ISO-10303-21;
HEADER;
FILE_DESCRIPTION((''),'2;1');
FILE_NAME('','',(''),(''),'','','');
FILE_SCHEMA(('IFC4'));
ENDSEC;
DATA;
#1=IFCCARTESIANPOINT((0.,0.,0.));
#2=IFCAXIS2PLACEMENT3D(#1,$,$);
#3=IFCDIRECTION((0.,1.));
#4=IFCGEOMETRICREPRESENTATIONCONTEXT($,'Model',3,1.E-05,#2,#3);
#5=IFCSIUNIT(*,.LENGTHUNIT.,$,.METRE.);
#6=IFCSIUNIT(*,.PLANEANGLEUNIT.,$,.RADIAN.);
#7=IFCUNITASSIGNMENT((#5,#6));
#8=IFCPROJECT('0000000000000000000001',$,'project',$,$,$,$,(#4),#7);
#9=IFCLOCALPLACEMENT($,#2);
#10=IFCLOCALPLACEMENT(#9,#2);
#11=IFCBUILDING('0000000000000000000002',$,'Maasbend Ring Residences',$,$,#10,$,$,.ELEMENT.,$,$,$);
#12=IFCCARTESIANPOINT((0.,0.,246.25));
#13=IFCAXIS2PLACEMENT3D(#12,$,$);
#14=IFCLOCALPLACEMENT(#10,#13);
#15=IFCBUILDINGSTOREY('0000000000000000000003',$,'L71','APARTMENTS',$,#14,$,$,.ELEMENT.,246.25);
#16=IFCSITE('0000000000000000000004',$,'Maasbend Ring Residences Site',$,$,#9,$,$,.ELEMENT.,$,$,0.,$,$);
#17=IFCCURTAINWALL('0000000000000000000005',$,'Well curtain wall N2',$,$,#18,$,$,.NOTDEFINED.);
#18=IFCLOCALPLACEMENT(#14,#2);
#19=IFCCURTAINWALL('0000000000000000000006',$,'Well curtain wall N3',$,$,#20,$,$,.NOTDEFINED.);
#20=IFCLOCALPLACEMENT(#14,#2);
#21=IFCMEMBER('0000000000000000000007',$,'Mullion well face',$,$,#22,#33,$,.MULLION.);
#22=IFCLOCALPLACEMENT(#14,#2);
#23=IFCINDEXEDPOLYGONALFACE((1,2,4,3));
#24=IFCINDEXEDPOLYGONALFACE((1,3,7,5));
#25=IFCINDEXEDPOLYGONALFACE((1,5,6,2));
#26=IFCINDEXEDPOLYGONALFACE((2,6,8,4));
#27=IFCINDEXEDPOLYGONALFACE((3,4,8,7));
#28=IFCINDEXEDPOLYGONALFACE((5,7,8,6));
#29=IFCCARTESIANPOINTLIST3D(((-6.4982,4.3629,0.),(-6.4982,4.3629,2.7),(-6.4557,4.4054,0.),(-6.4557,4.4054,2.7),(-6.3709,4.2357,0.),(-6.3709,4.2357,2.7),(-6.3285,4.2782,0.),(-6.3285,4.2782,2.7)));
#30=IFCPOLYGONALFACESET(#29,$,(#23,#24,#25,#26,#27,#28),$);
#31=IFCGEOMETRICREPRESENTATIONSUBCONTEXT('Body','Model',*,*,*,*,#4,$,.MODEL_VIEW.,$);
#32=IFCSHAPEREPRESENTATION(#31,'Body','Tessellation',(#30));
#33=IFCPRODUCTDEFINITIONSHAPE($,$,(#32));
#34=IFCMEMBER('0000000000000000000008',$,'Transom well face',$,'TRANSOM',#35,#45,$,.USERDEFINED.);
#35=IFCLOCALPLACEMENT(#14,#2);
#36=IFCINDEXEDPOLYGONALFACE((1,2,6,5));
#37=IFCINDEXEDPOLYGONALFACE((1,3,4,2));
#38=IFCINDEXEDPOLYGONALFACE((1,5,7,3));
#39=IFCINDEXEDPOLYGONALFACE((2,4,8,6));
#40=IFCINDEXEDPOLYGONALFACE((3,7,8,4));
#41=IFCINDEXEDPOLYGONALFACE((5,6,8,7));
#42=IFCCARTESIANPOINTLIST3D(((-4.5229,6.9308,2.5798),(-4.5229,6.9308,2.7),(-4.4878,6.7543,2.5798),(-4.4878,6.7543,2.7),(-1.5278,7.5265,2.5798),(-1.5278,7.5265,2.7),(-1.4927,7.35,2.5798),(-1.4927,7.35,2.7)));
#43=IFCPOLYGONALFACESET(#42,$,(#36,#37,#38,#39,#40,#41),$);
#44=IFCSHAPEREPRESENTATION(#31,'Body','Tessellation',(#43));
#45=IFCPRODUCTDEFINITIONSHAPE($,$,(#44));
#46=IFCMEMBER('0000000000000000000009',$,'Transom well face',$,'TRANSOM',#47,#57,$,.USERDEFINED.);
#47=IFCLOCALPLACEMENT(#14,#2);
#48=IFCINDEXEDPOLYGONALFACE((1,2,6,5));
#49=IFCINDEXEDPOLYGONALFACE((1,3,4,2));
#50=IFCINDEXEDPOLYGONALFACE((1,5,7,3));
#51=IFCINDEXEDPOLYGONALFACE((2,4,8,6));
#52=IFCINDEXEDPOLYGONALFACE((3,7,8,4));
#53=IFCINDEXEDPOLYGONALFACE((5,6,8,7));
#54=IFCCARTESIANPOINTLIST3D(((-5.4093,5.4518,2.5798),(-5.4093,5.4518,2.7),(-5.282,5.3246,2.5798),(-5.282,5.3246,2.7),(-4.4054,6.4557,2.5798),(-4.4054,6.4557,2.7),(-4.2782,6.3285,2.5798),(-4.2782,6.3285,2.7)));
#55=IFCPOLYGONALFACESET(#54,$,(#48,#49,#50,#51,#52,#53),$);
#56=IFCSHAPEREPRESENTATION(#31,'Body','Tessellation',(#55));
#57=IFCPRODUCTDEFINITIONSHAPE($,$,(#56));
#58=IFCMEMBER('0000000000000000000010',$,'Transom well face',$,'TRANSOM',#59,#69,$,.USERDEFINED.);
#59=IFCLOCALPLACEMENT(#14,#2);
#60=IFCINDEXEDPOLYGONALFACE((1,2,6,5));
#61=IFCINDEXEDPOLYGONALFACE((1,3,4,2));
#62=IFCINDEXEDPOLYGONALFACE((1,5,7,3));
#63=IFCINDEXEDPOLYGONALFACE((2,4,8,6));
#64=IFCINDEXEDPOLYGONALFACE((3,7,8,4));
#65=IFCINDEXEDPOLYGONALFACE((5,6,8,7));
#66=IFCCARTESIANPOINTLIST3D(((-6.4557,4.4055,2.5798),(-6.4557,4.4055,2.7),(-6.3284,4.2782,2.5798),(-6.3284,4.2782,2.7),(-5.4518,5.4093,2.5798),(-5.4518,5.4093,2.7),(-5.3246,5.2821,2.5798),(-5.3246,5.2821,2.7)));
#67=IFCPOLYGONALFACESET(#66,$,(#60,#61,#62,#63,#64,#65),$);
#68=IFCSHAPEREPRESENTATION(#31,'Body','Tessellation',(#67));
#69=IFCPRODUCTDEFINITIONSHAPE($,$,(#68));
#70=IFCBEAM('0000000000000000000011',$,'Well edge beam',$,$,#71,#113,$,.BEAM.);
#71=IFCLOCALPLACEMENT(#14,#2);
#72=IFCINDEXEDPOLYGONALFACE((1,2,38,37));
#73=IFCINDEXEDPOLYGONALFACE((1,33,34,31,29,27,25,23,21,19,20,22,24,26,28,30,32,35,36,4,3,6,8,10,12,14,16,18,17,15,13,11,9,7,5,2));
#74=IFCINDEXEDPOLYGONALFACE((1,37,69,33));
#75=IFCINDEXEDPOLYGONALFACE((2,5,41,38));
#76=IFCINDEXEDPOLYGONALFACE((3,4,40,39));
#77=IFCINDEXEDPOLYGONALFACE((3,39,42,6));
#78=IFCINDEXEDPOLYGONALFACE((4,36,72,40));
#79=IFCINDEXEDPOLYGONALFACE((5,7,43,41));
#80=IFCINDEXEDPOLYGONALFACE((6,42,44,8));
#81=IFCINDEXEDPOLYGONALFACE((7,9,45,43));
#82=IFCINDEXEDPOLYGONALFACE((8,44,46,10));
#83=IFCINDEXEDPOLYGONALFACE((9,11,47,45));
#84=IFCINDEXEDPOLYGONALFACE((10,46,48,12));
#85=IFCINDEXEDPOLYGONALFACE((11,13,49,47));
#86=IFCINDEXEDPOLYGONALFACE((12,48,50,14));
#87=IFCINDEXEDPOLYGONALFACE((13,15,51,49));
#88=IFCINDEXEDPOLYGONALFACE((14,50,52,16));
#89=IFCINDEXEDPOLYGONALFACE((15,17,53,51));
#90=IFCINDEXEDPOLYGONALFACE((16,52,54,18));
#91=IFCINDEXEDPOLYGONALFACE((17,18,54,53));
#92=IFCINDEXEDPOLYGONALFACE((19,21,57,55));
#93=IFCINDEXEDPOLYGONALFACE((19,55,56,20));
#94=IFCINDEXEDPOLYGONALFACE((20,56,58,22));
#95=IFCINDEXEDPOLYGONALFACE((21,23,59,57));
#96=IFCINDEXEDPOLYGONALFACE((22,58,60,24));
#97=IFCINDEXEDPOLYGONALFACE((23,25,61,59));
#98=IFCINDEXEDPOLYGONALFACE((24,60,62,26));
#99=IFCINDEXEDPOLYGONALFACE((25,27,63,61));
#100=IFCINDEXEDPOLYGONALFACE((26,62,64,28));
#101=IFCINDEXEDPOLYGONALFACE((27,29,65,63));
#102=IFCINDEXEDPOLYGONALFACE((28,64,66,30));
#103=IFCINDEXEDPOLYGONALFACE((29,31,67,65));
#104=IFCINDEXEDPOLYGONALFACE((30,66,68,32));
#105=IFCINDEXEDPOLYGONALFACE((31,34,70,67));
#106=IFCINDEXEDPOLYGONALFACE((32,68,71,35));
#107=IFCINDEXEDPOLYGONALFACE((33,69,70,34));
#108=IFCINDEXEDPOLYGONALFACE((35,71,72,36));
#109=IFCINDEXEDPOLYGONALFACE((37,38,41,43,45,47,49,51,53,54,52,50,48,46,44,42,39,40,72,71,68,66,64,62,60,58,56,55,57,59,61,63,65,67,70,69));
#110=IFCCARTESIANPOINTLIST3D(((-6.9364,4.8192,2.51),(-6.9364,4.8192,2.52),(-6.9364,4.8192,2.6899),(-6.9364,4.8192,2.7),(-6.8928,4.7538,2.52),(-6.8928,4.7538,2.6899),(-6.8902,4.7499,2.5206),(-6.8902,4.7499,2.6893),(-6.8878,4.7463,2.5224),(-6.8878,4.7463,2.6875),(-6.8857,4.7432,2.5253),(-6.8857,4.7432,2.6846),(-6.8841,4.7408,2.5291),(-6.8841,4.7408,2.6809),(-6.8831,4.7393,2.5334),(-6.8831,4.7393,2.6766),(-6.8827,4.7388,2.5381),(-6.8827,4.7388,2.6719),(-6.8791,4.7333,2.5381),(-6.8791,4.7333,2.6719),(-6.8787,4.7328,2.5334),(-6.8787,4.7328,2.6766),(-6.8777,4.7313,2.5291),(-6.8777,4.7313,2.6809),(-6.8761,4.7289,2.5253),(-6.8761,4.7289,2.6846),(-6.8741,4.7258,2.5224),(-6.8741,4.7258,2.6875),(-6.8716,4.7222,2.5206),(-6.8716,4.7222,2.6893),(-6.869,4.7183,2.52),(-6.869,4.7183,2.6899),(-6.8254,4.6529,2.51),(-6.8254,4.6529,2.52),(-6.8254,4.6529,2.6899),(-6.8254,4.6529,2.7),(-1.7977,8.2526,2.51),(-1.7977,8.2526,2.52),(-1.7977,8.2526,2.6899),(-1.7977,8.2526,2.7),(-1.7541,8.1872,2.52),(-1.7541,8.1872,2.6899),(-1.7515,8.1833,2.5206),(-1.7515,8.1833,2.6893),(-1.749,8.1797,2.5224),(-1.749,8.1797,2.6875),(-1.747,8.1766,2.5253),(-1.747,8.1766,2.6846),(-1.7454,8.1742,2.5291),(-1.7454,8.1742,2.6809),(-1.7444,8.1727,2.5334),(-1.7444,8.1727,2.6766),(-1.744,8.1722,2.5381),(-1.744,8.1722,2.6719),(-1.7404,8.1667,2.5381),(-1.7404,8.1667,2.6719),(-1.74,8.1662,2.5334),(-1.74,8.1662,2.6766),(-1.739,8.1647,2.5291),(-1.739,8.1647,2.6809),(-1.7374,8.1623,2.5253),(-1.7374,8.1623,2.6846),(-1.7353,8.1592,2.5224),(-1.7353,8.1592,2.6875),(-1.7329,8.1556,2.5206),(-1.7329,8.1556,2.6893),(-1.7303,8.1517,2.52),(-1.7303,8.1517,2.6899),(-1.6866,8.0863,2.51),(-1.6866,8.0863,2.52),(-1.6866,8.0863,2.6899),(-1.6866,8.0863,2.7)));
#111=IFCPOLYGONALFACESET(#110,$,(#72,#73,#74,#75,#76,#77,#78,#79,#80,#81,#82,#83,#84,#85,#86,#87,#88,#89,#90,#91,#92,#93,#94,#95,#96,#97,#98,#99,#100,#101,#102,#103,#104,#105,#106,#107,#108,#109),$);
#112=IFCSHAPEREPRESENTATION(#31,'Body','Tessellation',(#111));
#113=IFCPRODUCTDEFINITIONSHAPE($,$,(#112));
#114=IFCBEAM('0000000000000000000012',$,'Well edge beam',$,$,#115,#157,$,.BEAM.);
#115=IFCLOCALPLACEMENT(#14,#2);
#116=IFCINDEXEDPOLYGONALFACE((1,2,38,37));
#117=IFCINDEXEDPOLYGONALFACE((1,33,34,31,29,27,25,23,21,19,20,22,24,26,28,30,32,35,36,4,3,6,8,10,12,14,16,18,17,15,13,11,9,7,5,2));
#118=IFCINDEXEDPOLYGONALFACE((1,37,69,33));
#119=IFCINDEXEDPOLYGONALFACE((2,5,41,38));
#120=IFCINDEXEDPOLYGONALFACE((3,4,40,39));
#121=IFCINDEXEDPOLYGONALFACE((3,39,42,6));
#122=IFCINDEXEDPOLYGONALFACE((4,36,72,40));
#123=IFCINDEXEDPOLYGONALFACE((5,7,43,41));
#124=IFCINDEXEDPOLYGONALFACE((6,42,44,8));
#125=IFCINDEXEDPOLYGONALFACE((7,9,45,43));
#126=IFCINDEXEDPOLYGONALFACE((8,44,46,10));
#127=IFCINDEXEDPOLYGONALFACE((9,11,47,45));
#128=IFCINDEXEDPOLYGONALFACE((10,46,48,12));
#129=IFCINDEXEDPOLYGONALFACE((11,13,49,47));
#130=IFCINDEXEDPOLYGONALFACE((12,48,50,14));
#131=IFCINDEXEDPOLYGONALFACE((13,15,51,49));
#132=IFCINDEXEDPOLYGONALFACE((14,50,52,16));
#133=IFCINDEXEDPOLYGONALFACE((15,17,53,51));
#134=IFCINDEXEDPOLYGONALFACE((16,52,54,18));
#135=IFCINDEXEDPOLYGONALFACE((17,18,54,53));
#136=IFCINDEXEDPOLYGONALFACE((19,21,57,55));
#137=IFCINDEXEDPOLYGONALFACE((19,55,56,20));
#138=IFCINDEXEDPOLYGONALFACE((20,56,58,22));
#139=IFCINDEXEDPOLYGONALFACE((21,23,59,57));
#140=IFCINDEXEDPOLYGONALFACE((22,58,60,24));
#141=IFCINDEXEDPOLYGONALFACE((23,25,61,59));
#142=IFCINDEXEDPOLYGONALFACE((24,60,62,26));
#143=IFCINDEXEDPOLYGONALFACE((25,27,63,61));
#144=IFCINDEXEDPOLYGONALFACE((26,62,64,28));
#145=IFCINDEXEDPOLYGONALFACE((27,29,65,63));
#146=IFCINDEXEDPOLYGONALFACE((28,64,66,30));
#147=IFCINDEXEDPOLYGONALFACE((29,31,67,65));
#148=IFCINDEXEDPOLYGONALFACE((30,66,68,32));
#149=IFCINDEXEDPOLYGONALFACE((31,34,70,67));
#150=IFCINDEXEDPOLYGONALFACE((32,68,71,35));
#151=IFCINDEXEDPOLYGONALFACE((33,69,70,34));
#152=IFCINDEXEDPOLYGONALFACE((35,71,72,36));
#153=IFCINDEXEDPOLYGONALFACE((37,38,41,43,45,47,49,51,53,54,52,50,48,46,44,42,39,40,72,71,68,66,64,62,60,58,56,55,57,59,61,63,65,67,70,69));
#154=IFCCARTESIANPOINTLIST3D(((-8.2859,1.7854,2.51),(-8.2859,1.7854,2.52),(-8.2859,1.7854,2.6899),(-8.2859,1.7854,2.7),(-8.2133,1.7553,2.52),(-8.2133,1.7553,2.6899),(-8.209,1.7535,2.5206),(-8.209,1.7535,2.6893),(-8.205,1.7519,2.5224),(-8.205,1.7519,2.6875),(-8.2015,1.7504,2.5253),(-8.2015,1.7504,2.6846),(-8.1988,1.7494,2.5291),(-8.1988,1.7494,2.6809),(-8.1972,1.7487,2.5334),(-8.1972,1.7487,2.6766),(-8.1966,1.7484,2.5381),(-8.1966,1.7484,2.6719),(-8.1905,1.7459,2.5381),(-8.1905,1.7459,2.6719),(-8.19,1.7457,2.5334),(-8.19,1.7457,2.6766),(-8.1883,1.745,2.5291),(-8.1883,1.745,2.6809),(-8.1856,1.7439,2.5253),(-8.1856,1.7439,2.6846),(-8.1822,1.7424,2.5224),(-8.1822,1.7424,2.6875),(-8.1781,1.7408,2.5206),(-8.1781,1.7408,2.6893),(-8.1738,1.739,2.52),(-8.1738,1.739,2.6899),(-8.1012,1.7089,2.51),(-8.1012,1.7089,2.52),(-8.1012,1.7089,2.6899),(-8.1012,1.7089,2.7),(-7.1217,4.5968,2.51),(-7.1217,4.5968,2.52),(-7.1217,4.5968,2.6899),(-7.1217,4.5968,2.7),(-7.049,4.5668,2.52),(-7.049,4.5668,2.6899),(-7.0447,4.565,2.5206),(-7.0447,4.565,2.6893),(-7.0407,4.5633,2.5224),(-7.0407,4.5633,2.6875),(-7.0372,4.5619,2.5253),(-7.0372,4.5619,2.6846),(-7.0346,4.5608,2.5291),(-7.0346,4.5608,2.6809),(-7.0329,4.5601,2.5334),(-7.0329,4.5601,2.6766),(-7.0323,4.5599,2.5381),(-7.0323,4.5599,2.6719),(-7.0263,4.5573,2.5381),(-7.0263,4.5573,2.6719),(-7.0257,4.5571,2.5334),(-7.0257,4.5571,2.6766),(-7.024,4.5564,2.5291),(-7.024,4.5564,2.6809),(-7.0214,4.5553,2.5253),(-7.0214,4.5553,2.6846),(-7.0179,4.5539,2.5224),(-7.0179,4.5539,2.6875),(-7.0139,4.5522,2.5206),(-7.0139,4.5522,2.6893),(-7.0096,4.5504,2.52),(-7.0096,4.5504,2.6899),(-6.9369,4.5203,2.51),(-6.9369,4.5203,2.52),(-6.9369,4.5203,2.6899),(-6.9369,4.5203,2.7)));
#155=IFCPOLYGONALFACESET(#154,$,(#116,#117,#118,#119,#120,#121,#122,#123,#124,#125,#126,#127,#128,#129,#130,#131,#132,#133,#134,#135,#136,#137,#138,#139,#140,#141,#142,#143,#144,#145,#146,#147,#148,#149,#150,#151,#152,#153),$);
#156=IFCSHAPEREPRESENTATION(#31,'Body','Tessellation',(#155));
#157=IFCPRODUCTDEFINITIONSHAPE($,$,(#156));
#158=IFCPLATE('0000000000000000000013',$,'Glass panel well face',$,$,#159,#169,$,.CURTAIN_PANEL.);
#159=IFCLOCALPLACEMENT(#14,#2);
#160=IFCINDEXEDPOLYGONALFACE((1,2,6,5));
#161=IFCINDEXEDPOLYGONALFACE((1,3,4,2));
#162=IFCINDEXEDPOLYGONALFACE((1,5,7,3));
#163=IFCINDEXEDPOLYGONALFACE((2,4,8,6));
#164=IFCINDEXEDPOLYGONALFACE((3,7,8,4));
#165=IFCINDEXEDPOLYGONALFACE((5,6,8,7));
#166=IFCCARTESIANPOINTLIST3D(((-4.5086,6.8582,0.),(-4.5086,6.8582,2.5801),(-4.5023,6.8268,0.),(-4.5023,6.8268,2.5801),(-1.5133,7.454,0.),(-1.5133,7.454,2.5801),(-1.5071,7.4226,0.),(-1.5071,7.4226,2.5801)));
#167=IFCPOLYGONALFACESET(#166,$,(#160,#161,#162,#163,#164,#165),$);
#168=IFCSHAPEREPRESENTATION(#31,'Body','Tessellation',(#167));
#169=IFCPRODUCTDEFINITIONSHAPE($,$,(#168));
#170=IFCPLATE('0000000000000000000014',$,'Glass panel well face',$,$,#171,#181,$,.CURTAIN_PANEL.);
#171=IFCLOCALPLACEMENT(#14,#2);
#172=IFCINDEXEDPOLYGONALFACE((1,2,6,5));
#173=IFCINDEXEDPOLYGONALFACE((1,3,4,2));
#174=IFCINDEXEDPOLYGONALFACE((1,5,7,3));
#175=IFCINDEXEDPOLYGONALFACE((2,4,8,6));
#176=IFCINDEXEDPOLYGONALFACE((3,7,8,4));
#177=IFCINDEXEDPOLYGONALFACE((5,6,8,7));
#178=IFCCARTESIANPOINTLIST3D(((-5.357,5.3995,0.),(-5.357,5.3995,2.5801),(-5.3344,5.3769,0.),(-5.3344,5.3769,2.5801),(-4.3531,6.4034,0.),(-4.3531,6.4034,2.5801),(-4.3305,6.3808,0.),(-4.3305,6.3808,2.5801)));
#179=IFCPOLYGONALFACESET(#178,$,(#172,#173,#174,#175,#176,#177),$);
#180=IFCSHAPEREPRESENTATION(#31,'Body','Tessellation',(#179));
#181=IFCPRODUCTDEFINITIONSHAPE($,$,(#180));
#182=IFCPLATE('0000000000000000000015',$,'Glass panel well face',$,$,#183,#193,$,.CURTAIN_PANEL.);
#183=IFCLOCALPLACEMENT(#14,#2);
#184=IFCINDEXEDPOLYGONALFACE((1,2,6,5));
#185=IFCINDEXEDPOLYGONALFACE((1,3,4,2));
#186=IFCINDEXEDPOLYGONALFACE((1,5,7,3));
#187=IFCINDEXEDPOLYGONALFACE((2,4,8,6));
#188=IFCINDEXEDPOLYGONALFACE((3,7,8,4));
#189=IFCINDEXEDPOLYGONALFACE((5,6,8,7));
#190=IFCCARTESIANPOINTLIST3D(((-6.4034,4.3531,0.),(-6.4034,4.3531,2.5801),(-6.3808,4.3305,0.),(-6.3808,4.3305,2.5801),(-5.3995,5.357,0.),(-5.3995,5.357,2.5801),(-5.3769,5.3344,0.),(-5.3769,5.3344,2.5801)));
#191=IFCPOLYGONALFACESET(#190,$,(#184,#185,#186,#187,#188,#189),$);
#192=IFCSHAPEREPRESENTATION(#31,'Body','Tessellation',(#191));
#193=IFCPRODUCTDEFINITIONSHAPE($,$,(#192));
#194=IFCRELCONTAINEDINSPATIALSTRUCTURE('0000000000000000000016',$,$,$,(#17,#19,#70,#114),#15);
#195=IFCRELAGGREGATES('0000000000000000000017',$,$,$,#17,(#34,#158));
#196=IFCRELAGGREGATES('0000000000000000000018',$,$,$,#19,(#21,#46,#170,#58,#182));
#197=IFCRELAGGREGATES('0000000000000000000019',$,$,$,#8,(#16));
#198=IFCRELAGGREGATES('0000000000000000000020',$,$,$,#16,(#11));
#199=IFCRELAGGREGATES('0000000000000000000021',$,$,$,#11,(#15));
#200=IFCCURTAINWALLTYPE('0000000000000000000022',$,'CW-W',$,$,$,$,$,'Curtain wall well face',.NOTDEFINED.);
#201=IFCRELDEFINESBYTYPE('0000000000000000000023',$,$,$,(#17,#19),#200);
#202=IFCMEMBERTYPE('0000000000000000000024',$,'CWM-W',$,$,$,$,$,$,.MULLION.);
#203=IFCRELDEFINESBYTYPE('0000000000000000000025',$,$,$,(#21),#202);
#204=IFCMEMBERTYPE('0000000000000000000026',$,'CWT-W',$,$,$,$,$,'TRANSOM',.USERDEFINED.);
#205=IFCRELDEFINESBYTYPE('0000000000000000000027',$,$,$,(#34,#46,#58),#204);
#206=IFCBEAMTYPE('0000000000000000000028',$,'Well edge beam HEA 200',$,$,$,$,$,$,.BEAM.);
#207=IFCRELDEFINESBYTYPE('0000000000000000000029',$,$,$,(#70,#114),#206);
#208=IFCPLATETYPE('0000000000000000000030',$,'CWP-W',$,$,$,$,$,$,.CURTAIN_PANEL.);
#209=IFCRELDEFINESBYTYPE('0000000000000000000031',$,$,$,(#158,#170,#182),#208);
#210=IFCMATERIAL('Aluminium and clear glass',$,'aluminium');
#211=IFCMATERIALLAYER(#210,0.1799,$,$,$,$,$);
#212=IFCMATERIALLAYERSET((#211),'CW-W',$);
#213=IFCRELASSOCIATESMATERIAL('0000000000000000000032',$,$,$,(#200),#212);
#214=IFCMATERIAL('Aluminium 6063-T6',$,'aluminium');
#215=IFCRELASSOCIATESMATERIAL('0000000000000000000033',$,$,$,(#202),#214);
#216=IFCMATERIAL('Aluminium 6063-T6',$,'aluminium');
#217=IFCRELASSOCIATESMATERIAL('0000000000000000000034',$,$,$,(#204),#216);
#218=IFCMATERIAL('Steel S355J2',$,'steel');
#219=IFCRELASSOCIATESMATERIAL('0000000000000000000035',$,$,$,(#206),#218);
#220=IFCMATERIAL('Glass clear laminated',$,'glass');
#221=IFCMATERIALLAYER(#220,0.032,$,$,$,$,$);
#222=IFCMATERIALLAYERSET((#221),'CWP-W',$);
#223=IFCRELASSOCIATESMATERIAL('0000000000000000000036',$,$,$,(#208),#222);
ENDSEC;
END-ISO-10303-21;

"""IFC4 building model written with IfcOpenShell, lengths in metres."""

from ifc_helpers import new_model, si_unit, direction, frame, origin, origin_2d, place, context, subcontext, project, spatial, rectangle, i_section, extrude, material, layer, layer_set, material_profile, profile_set, type_object, element, aggregate, save


model = new_model("IFC4")

# Units and contexts
model_context = context("Model", 3, precision=1e-05, world=origin(), true_north=direction((0.0, 1.0)))
body_context = subcontext(model_context, "Body", "Model", "MODEL_VIEW")
ifc_project = project(units=[si_unit("LENGTHUNIT", "METRE"), si_unit("PLANEANGLEUNIT", "RADIAN")], contexts=[model_context])

# Site, building, storey
site_placement = place(None, origin())
site = spatial("IfcSite", under=ifc_project, at=site_placement, Name="Maasbend Ring Residences Site", CompositionType="ELEMENT", RefElevation=0.0)
building_placement = place(site_placement, origin())
building = spatial("IfcBuilding", under=site, at=building_placement, Name="Maasbend Ring Residences", CompositionType="ELEMENT")
storey_placement = place(building_placement, frame((0.0, 0.0, 246.25)))
storey = spatial("IfcBuildingStorey", under=building, at=storey_placement, Name="L71", Description="APARTMENTS", CompositionType="ELEMENT", Elevation=246.25)

# Curtain walls, member
ifc_material_1 = material(Name="Aluminium and clear glass", Category="aluminium")
ifc_layer_1 = layer(ifc_material_1, 0.1799)
ifc_layer_set_1 = layer_set([ifc_layer_1], Name="CW-W")
curtain_wall_type = type_object("IfcCurtainWallType", Name="CW-W", ElementType="Curtain wall well face", PredefinedType="NOTDEFINED", material=ifc_layer_set_1)
curtain_wall_1_placement = place(storey_placement, origin())
curtain_wall_1 = element("IfcCurtainWall", 1, at=curtain_wall_1_placement, inside=storey, type_object=curtain_wall_type, Name="Well curtain wall N2", PredefinedType="NOTDEFINED")
ifc_material_2 = material(Name="Aluminium 6063-T6", Category="aluminium")
ifc_material_profile_1 = material_profile(ifc_material_2, rectangle(XDim=0.1799, YDim=0.0601, at=origin_2d()), Name="AL 180x60")
ifc_profile_set_1 = profile_set([ifc_material_profile_1], Name="Aluminium 6063-T6")
member_type_1 = type_object("IfcMemberType", Name="CWM-W", PredefinedType="MULLION", material=ifc_profile_set_1)
curtain_wall_2_placement = place(storey_placement, origin())
curtain_wall_2 = element("IfcCurtainWall", 2, at=curtain_wall_2_placement, inside=storey, type_object=curtain_wall_type, Name="Well curtain wall N3", PredefinedType="NOTDEFINED")
member_1_placement = place(storey_placement, frame((-6.4133, 4.3206, 0.0), z_axis=(0.0, 0.0, 1.0), x_axis=(0.707107, -0.707107, 0.0)))
member_1 = element("IfcMember", 3, at=member_1_placement, type_object=member_type_1, Name="Mullion well face", PredefinedType="MULLION", context=body_context, shape_type="SweptSolid", body=[
    extrude(rectangle(XDim=0.1799, YDim=0.0601, at=origin_2d()), origin(), (0.0, 0.0, 1.0), 2.7),
])

# Members
ifc_material_3 = material(Name="Aluminium 6063-T6", Category="aluminium")
ifc_material_profile_2 = material_profile(ifc_material_3, rectangle(XDim=0.1799, YDim=0.1201, at=origin_2d()), Name="AL 180x120")
ifc_profile_set_2 = profile_set([ifc_material_profile_2], Name="Aluminium 6063-T6")
member_type_2 = type_object("IfcMemberType", Name="CWT-W", ElementType="TRANSOM", PredefinedType="USERDEFINED", material=ifc_profile_set_2)
member_2_placement = place(storey_placement, frame((-1.5103, 7.4382, 2.6399), z_axis=(-0.980789, -0.195071, 0.0), x_axis=(0.195071, -0.980789, 0.0)))
member_2 = element("IfcMember", 4, at=member_2_placement, type_object=member_type_2, Name="Transom well face", ObjectType="TRANSOM", PredefinedType="USERDEFINED", context=body_context, shape_type="SweptSolid", body=[
    extrude(rectangle(XDim=0.1799, YDim=0.1201, at=origin_2d()), origin(), (0.0, 0.0, 1.0), 3.0537),
])
member_3_placement = place(storey_placement, frame((-4.3418, 6.3921, 2.6399), z_axis=(-0.707107, -0.707107, 0.0), x_axis=(0.707107, -0.707107, 0.0)))
member_3 = element("IfcMember", 5, at=member_3_placement, type_object=member_type_2, Name="Transom well face", ObjectType="TRANSOM", PredefinedType="USERDEFINED", context=body_context, shape_type="SweptSolid", body=[
    extrude(rectangle(XDim=0.1799, YDim=0.1201, at=origin_2d()), origin(), (0.0, 0.0, 1.0), 1.4197),
])
member_4_placement = place(storey_placement, frame((-5.3882, 5.3457, 2.6399), z_axis=(-0.707107, -0.707107, 0.0), x_axis=(0.707107, -0.707107, 0.0)))
member_4 = element("IfcMember", 6, at=member_4_placement, type_object=member_type_2, Name="Transom well face", ObjectType="TRANSOM", PredefinedType="USERDEFINED", context=body_context, shape_type="SweptSolid", body=[
    extrude(rectangle(XDim=0.1799, YDim=0.1201, at=origin_2d()), origin(), (0.0, 0.0, 1.0), 1.4197),
])

# Beams
ifc_material_4 = material(Name="Steel S355J2", Category="steel")
ifc_material_profile_3 = material_profile(ifc_material_4, i_section(OverallWidth=0.2, OverallDepth=0.1899, WebThickness=0.0066, FlangeThickness=0.01, FilletRadius=0.0181, at=origin_2d()), Name="HEA 200")
ifc_profile_set_3 = profile_set([ifc_material_profile_3], Name="Steel S355J2")
beam_type = type_object("IfcBeamType", Name="Well edge beam HEA 200", PredefinedType="BEAM", material=ifc_profile_set_3)
beam_1_placement = place(storey_placement, frame((-1.7422, 8.1694, 2.605), z_axis=(-0.831485, -0.555548, 0.0), x_axis=(0.555548, -0.831485, 0.0)))
element("IfcBeam", 7, at=beam_1_placement, inside=storey, type_object=beam_type, Name="Well edge beam", PredefinedType="BEAM", context=body_context, shape_type="SweptSolid", body=[
    extrude(i_section(OverallWidth=0.2, OverallDepth=0.1899, WebThickness=0.0066, FlangeThickness=0.01, FilletRadius=0.0181, at=origin_2d()), origin(), (0.0, 0.0, 1.0), 6.1802),
])
beam_2_placement = place(storey_placement, frame((-7.0293, 4.5586, 2.605), z_axis=(-0.382609, -0.92391, 0.0), x_axis=(0.92391, -0.382609, 0.0)))
element("IfcBeam", 8, at=beam_2_placement, inside=storey, type_object=beam_type, Name="Well edge beam", PredefinedType="BEAM", context=body_context, shape_type="SweptSolid", body=[
    extrude(i_section(OverallWidth=0.2, OverallDepth=0.1899, WebThickness=0.0066, FlangeThickness=0.01, FilletRadius=0.0181, at=origin_2d()), origin(), (0.0, 0.0, 1.0), 3.043),
])

# Plates
ifc_material_5 = material(Name="Glass clear laminated", Category="glass")
ifc_layer_2 = layer(ifc_material_5, 0.032)
ifc_layer_set_2 = layer_set([ifc_layer_2], Name="CWP-W")
plate_type = type_object("IfcPlateType", Name="CWP-W", PredefinedType="CURTAIN_PANEL", material=ifc_layer_set_2)
plate_1_placement = place(storey_placement, frame((-3.0078, 7.1404, 0.0), z_axis=(0.0, 0.0, 1.0), x_axis=(-0.980785, -0.19509, 0.0)))
plate_1 = element("IfcPlate", 9, at=plate_1_placement, type_object=plate_type, Name="Glass panel well face", PredefinedType="CURTAIN_PANEL", context=body_context, shape_type="SweptSolid", body=[
    extrude(rectangle(XDim=3.054, YDim=0.032, at=origin_2d()), origin(), (0.0, 0.0, 1.0), 2.5801),
])
aggregate(curtain_wall_1, [member_2, plate_1])
plate_2_placement = place(storey_placement, frame((-4.8438, 5.8901, 0.0), z_axis=(0.0, 0.0, 1.0), x_axis=(-0.707107, -0.707107, 0.0)))
plate_2 = element("IfcPlate", 10, at=plate_2_placement, type_object=plate_type, Name="Glass panel well face", PredefinedType="CURTAIN_PANEL", context=body_context, shape_type="SweptSolid", body=[
    extrude(rectangle(XDim=1.4197, YDim=0.032, at=origin_2d()), origin(), (0.0, 0.0, 1.0), 2.5801),
])
plate_3_placement = place(storey_placement, frame((-5.8901, 4.8438, 0.0), z_axis=(0.0, 0.0, 1.0), x_axis=(-0.707107, -0.707107, 0.0)))
plate_3 = element("IfcPlate", 11, at=plate_3_placement, type_object=plate_type, Name="Glass panel well face", PredefinedType="CURTAIN_PANEL", context=body_context, shape_type="SweptSolid", body=[
    extrude(rectangle(XDim=1.4197, YDim=0.032, at=origin_2d()), origin(), (0.0, 0.0, 1.0), 2.5801),
])
aggregate(curtain_wall_2, [member_1, member_3, plate_2, member_4, plate_3])

save(model, "model.ifc")
